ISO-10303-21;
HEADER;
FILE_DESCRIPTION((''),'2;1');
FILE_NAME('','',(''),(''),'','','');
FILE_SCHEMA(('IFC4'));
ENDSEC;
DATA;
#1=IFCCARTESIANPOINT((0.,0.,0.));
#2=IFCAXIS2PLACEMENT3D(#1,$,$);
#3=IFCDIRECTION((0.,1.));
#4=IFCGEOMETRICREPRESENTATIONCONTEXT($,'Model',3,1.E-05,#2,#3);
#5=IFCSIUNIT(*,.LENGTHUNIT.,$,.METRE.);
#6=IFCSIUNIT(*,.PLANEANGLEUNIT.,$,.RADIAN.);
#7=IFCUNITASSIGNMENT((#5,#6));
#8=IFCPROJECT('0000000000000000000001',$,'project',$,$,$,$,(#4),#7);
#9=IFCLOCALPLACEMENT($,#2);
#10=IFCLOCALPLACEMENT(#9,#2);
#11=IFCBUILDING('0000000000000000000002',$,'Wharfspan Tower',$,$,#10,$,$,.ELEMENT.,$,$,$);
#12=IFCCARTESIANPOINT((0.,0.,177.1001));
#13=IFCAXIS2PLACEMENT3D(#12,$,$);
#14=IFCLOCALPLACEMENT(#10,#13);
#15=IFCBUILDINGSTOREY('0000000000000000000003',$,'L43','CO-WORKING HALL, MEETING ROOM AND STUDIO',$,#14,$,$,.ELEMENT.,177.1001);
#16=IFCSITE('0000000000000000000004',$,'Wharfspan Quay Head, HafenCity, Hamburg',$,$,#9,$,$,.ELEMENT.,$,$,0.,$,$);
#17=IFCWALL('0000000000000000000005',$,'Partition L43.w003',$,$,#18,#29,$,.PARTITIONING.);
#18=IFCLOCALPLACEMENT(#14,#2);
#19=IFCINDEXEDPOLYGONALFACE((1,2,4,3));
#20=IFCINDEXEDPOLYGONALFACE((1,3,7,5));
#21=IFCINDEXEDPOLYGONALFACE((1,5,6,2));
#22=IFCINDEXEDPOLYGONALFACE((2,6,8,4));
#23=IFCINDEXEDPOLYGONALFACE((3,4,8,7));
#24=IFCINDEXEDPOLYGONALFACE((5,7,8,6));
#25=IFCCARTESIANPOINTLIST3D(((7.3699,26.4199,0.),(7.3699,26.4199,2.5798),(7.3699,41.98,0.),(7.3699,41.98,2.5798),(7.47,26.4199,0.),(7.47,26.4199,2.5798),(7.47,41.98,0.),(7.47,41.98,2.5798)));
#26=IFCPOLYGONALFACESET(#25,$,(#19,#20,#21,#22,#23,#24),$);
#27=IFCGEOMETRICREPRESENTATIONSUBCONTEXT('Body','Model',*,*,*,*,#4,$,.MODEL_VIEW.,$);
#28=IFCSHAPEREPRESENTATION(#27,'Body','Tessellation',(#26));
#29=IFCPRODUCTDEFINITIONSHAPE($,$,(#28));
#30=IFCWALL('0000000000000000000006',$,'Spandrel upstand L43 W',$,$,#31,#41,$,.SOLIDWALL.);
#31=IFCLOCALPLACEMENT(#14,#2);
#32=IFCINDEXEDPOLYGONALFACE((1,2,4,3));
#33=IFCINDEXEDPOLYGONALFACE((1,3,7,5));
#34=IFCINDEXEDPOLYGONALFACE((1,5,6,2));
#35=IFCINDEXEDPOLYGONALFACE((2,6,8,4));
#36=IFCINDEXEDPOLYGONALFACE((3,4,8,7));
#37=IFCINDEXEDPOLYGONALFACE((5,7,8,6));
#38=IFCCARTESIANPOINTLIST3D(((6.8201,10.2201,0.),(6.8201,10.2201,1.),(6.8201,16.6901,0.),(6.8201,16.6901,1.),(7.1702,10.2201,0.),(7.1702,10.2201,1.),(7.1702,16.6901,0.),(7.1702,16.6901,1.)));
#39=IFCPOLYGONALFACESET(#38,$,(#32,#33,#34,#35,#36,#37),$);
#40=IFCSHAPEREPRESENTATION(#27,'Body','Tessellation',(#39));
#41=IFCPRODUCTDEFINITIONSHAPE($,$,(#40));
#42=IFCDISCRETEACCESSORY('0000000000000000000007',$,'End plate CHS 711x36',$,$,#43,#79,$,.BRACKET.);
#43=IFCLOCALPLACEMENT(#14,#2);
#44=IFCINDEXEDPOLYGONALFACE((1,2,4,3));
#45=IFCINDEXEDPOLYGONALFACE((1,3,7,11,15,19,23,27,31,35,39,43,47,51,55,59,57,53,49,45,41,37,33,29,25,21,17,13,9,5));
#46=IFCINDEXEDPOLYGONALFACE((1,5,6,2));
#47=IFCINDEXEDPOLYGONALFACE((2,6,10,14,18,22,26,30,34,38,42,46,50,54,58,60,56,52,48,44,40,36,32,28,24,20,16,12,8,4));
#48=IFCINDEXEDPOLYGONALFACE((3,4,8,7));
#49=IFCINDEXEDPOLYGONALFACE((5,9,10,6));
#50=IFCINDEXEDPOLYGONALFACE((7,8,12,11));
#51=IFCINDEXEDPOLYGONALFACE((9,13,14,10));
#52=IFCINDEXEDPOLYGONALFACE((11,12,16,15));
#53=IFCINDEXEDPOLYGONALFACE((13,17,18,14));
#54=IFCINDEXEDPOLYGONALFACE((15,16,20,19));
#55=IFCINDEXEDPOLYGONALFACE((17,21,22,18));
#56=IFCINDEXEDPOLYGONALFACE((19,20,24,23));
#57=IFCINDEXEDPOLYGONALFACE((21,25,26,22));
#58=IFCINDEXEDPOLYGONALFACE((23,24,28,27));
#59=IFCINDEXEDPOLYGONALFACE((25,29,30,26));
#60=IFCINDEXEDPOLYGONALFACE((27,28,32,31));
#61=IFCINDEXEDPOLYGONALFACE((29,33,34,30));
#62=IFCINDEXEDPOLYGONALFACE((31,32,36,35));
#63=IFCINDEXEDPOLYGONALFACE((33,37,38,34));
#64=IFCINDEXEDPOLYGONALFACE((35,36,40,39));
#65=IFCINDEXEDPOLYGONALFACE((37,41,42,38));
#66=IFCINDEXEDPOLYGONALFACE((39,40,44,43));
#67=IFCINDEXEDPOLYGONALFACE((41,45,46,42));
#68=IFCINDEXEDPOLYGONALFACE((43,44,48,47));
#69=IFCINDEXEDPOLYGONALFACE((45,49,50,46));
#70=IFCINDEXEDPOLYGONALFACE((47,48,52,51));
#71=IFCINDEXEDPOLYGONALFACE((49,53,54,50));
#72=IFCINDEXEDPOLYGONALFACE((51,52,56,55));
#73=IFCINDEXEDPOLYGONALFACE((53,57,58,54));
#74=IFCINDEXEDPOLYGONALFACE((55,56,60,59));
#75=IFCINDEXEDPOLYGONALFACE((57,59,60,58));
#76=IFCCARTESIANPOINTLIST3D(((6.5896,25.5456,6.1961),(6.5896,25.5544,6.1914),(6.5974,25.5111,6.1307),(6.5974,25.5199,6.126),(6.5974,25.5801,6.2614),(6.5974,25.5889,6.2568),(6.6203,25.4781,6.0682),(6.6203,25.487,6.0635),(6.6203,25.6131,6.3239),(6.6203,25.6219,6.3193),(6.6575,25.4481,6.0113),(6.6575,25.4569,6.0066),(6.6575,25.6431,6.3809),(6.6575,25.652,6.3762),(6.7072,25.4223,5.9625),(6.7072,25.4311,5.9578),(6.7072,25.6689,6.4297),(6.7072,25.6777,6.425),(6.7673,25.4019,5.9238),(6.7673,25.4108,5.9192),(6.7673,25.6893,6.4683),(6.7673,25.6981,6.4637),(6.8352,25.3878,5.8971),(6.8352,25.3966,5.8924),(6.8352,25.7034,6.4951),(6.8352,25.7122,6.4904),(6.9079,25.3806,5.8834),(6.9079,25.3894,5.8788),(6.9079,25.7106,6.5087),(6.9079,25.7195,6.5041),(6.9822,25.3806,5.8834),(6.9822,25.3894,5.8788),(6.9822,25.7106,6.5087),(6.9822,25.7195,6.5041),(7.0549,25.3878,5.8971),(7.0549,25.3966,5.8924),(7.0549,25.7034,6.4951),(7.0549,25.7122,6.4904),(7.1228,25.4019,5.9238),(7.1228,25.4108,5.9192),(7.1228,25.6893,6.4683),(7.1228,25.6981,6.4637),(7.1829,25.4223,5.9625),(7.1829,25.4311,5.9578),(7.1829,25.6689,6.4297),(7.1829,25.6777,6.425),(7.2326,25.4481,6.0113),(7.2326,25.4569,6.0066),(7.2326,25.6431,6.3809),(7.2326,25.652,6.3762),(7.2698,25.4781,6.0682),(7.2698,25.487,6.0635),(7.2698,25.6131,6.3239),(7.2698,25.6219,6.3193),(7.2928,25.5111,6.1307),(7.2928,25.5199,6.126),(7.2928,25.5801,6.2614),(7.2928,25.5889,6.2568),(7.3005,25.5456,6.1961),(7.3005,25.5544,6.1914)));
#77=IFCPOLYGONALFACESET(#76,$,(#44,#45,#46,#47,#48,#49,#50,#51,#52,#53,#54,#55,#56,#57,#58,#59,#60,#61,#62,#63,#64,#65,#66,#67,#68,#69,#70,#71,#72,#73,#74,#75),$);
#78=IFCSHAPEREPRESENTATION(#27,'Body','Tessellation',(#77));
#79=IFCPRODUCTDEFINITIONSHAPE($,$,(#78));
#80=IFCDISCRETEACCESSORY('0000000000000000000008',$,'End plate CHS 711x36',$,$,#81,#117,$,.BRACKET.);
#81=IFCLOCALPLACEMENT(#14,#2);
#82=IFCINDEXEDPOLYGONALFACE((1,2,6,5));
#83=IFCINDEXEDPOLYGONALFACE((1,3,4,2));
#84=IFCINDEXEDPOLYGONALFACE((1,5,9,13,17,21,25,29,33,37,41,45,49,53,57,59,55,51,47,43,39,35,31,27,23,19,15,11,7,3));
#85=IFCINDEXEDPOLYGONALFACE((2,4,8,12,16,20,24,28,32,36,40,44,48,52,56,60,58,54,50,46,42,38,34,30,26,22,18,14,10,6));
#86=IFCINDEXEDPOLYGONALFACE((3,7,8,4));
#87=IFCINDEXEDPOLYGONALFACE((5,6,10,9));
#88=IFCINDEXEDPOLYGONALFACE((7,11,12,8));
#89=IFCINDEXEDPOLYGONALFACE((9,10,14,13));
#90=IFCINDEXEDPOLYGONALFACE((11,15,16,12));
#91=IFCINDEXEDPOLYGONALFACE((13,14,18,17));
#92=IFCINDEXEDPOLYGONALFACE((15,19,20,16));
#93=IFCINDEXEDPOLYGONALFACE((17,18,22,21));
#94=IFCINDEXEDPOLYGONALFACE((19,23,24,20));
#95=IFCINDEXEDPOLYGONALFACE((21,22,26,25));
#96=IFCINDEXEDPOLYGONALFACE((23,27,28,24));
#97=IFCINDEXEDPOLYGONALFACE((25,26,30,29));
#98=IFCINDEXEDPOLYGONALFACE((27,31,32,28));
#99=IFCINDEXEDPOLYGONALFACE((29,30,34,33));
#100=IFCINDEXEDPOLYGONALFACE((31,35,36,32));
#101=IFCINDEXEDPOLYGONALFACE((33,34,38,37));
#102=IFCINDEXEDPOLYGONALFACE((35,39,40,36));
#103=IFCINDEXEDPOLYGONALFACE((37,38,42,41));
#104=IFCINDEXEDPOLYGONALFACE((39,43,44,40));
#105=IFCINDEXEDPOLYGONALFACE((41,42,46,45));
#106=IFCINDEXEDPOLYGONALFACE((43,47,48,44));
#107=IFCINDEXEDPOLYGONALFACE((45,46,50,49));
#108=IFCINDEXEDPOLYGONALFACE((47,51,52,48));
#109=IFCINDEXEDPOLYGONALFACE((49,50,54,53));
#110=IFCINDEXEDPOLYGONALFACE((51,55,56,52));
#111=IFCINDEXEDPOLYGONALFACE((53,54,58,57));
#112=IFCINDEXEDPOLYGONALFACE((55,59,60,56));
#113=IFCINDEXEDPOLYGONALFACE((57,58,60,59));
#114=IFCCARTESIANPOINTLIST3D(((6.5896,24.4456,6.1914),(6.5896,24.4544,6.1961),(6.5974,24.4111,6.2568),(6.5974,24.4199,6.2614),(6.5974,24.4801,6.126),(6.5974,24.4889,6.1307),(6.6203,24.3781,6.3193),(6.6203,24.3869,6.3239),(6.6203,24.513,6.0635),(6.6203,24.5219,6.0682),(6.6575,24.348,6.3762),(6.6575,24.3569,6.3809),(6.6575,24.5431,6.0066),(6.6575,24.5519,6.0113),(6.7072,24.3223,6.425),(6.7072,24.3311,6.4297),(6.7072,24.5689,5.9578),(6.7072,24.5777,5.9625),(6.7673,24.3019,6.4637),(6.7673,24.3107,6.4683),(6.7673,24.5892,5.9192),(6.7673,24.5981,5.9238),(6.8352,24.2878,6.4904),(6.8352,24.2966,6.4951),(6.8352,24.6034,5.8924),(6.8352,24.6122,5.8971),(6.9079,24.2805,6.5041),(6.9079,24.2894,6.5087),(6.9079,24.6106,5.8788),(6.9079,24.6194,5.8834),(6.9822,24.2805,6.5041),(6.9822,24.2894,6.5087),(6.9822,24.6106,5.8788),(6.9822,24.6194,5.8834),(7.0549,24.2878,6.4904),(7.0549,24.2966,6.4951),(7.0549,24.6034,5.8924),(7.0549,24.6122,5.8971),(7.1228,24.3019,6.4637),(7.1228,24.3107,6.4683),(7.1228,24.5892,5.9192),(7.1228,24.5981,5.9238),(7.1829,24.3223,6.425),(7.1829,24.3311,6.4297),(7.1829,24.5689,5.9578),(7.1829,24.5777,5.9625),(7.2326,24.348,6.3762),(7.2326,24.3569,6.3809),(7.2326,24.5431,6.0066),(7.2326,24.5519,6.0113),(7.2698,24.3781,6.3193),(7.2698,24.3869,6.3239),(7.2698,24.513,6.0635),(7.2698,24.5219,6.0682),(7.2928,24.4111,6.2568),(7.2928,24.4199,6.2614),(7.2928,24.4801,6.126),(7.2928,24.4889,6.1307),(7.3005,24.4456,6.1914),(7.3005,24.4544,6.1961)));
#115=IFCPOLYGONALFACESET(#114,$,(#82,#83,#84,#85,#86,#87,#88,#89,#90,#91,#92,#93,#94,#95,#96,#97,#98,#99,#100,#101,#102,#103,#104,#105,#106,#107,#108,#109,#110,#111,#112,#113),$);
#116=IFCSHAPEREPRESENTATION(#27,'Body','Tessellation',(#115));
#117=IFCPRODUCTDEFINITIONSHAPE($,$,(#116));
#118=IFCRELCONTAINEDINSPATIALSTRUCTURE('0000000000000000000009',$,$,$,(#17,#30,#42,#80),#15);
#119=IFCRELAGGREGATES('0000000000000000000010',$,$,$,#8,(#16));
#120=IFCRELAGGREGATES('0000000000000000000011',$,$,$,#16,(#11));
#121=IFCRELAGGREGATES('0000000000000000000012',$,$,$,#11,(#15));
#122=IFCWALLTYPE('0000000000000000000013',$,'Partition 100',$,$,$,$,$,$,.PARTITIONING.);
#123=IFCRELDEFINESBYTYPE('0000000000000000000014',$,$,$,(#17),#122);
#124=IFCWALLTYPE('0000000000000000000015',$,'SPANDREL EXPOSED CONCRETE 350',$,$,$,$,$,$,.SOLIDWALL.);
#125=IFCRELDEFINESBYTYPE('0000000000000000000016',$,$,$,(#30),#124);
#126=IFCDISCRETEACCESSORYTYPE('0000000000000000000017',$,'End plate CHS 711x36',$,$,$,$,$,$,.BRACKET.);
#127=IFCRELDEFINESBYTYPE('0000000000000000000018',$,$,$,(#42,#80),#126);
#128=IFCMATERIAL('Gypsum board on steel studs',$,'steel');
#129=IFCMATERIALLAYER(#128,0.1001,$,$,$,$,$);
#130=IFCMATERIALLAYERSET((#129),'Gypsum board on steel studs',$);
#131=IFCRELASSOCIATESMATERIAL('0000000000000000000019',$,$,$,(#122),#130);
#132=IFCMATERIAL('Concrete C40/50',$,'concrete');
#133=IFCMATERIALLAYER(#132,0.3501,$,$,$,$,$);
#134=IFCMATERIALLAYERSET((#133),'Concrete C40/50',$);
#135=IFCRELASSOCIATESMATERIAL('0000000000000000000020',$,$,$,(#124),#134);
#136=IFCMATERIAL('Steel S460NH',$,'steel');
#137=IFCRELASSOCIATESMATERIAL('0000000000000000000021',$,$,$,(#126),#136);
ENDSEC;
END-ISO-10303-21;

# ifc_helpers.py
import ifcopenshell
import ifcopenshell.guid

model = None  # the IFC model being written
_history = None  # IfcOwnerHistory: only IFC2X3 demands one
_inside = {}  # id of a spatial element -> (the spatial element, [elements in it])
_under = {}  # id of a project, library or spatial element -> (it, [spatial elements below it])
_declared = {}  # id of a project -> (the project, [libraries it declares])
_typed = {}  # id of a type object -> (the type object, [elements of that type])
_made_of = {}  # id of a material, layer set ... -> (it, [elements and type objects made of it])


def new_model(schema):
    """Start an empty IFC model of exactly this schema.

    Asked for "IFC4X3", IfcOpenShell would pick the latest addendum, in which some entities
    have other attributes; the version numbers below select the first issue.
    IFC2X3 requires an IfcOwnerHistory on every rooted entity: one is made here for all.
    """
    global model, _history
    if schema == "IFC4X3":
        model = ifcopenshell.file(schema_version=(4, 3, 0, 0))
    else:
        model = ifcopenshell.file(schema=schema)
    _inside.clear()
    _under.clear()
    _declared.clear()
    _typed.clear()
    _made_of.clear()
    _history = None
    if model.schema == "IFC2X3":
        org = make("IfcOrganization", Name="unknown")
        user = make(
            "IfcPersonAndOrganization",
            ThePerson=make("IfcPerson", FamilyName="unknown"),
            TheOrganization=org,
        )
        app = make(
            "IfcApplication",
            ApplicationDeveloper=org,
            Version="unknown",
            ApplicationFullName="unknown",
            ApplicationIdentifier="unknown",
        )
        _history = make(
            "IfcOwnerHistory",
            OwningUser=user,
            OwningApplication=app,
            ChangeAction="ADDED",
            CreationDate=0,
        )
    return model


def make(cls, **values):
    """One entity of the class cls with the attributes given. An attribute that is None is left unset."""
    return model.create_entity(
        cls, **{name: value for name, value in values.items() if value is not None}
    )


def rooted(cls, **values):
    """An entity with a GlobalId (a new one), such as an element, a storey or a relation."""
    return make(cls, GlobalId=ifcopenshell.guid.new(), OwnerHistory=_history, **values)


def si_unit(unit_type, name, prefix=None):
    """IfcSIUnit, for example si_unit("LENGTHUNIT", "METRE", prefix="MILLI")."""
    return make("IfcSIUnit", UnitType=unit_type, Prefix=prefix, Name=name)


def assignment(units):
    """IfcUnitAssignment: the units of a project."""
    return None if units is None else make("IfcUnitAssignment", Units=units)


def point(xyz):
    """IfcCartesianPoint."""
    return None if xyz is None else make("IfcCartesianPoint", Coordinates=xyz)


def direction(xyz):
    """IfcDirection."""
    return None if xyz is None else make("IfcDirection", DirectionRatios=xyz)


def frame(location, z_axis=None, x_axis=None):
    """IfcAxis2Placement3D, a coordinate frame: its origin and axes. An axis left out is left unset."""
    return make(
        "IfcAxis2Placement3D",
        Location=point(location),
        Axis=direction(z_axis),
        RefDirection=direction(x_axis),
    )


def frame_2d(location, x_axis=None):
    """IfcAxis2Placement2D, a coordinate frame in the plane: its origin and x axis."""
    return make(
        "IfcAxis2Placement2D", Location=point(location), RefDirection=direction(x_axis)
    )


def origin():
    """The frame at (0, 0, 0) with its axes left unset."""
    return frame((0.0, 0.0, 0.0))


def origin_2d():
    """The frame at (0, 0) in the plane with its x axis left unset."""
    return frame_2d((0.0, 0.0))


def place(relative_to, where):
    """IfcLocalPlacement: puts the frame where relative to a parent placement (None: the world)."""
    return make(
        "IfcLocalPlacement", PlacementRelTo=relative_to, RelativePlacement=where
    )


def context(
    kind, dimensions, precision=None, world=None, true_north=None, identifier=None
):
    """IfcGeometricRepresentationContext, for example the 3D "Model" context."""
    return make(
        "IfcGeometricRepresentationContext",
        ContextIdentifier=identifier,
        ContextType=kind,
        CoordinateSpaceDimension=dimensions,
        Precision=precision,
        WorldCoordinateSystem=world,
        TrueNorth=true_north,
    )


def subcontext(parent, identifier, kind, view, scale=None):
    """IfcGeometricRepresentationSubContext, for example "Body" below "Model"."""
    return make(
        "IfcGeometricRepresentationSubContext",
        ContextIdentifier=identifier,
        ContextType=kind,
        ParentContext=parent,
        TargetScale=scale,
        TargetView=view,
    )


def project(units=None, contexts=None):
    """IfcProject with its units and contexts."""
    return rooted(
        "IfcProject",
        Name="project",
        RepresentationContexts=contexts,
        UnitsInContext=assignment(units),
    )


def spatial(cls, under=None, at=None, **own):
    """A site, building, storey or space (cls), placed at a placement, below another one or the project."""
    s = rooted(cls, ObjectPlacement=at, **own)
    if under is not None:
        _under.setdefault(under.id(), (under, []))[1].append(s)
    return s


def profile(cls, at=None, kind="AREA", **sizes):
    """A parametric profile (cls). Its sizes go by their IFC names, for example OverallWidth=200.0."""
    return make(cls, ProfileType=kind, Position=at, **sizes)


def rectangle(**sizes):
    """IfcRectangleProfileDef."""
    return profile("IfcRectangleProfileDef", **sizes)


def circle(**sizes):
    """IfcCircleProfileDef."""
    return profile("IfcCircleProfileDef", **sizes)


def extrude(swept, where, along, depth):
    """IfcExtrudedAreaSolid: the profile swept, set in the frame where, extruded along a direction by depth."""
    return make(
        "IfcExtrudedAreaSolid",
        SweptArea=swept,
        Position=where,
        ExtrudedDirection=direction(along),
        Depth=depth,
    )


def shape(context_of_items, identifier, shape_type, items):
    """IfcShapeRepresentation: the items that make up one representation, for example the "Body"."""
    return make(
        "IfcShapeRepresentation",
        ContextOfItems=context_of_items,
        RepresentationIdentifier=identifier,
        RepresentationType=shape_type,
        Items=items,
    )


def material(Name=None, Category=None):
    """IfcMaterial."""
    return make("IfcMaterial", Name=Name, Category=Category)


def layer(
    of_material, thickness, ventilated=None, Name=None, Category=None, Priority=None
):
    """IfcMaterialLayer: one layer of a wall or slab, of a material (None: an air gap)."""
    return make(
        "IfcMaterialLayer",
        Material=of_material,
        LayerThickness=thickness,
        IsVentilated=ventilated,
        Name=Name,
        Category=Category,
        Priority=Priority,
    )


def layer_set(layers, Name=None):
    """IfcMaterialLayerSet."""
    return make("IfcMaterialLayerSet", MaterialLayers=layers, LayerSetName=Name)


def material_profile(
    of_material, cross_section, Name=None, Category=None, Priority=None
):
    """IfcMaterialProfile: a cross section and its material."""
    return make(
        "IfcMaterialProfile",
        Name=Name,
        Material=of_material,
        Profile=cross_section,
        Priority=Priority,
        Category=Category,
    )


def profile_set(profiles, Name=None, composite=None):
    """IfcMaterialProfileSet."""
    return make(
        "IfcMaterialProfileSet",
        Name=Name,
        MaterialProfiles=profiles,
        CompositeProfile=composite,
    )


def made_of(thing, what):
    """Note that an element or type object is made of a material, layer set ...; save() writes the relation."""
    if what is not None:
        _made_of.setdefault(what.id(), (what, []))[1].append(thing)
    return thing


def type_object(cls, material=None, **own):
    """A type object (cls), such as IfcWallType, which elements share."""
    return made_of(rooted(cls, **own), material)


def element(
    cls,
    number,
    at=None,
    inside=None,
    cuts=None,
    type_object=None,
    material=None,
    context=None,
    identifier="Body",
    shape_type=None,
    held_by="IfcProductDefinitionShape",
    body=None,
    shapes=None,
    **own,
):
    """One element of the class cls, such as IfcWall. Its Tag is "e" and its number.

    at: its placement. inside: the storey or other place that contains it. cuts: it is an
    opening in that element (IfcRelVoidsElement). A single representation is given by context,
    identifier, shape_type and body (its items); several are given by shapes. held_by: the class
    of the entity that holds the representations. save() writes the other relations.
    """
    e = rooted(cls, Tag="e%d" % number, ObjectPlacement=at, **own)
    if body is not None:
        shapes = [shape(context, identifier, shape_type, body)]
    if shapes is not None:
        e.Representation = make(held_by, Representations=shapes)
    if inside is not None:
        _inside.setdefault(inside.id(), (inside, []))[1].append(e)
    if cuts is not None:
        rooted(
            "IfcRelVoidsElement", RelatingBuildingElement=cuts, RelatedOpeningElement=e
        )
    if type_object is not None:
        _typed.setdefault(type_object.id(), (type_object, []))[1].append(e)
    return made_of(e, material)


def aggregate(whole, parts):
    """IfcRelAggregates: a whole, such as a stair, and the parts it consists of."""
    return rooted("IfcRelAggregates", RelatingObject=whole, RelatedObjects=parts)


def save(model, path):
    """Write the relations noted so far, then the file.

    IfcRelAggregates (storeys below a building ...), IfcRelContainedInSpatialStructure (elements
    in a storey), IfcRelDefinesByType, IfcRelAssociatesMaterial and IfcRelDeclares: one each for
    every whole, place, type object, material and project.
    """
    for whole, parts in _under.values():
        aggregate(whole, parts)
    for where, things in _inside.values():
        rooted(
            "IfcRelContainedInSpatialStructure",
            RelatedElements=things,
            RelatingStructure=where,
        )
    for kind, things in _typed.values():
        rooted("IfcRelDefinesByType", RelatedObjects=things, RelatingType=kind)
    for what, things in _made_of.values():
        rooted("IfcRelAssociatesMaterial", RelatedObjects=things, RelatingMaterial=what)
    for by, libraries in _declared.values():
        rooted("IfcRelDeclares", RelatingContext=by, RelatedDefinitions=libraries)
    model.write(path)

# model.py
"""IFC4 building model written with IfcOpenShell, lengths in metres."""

from ifc_helpers import new_model, si_unit, direction, frame, frame_2d, origin, origin_2d, place, context, subcontext, project, spatial, rectangle, circle, extrude, material, layer, layer_set, material_profile, profile_set, type_object, element, save


model = new_model("IFC4")

# Units and contexts
model_context = context("Model", 3, precision=1e-05, world=origin(), true_north=direction((0.0, 1.0)))
body_context = subcontext(model_context, "Body", "Model", "MODEL_VIEW")
ifc_project = project(units=[si_unit("LENGTHUNIT", "METRE"), si_unit("PLANEANGLEUNIT", "RADIAN")], contexts=[model_context])

# Site, building, storey
site_placement = place(None, origin())
site = spatial("IfcSite", under=ifc_project, at=site_placement, Name="Wharfspan Quay Head, HafenCity, Hamburg", CompositionType="ELEMENT", RefElevation=0.0)
building_placement = place(site_placement, origin())
building = spatial("IfcBuilding", under=site, at=building_placement, Name="Wharfspan Tower", CompositionType="ELEMENT")
storey_placement = place(building_placement, frame((0.0, 0.0, 177.1001)))
storey = spatial("IfcBuildingStorey", under=building, at=storey_placement, Name="L43", Description="CO-WORKING HALL, MEETING ROOM AND STUDIO", CompositionType="ELEMENT", Elevation=177.1001)

# Shared definitions
ifc_material_1 = material(Name="Steel S460NH", Category="steel")

# Walls
ifc_material_2 = material(Name="Gypsum board on steel studs", Category="steel")
ifc_layer_1 = layer(ifc_material_2, 0.1001)
ifc_layer_set_1 = layer_set([ifc_layer_1], Name="Gypsum board on steel studs")
wall_type_1 = type_object("IfcWallType", Name="Partition 100", PredefinedType="PARTITIONING", material=ifc_layer_set_1)
wall_1_placement = place(storey_placement, frame((7.4199, 26.4199, 0.0), z_axis=(0.0, 0.0, 1.0), x_axis=(0.0, 1.0, 0.0)))
element("IfcWall", 1, at=wall_1_placement, inside=storey, type_object=wall_type_1, Name="Partition L43.w003", PredefinedType="PARTITIONING", context=body_context, shape_type="SweptSolid", body=[
    extrude(rectangle(XDim=15.5601, YDim=0.1001, at=frame_2d((7.78, 0.0))), origin(), (0.0, 0.0, 1.0), 2.5798),
])
ifc_material_3 = material(Name="Concrete C40/50", Category="concrete")
ifc_layer_2 = layer(ifc_material_3, 0.3501)
ifc_layer_set_2 = layer_set([ifc_layer_2], Name="Concrete C40/50")
wall_type_2 = type_object("IfcWallType", Name="SPANDREL EXPOSED CONCRETE 350", PredefinedType="SOLIDWALL", material=ifc_layer_set_2)
wall_2_placement = place(storey_placement, frame((6.9951, 16.6899, 0.0), z_axis=(0.0, 0.0, 1.0), x_axis=(0.0, -1.0, 0.0)))
element("IfcWall", 2, at=wall_2_placement, inside=storey, type_object=wall_type_2, Name="Spandrel upstand L43 W", PredefinedType="SOLIDWALL", context=body_context, shape_type="SweptSolid", body=[
    extrude(rectangle(XDim=6.47, YDim=0.3501, at=frame_2d((3.2349, 0.0))), origin(), (0.0, 0.0, 1.0), 1.0),
])

# Discrete accessories
ifc_material_profile_1 = material_profile(ifc_material_1, circle(Radius=0.3555, at=origin_2d()))
ifc_profile_set_1 = profile_set([ifc_material_profile_1], Name="Steel S460NH")
discrete_accessory_type = type_object("IfcDiscreteAccessoryType", Name="End plate CHS 711x36", PredefinedType="BRACKET", material=ifc_profile_set_1)
for number, where, z_axis, x_axis, name in (
    (3, (6.9451, 25.5544, 6.1914), (0.0, -0.884385, 0.466759), (1.0, 0.0, 0.0), "End plate CHS 711x36"),
    (4, (6.9451, 24.4456, 6.1914), (0.0, 0.884385, 0.466759), (-1.0, 0.0, 0.0), "End plate CHS 711x36"),
):
    element("IfcDiscreteAccessory", number, at=place(storey_placement, frame(where, z_axis=z_axis, x_axis=x_axis)), inside=storey, type_object=discrete_accessory_type, Name=name, PredefinedType="BRACKET", context=body_context, shape_type="SweptSolid", body=[
        extrude(circle(Radius=0.3555, at=origin_2d()), origin(), (0.0, 0.0, 1.0), 0.01),
    ])

save(model, "model.ifc")
